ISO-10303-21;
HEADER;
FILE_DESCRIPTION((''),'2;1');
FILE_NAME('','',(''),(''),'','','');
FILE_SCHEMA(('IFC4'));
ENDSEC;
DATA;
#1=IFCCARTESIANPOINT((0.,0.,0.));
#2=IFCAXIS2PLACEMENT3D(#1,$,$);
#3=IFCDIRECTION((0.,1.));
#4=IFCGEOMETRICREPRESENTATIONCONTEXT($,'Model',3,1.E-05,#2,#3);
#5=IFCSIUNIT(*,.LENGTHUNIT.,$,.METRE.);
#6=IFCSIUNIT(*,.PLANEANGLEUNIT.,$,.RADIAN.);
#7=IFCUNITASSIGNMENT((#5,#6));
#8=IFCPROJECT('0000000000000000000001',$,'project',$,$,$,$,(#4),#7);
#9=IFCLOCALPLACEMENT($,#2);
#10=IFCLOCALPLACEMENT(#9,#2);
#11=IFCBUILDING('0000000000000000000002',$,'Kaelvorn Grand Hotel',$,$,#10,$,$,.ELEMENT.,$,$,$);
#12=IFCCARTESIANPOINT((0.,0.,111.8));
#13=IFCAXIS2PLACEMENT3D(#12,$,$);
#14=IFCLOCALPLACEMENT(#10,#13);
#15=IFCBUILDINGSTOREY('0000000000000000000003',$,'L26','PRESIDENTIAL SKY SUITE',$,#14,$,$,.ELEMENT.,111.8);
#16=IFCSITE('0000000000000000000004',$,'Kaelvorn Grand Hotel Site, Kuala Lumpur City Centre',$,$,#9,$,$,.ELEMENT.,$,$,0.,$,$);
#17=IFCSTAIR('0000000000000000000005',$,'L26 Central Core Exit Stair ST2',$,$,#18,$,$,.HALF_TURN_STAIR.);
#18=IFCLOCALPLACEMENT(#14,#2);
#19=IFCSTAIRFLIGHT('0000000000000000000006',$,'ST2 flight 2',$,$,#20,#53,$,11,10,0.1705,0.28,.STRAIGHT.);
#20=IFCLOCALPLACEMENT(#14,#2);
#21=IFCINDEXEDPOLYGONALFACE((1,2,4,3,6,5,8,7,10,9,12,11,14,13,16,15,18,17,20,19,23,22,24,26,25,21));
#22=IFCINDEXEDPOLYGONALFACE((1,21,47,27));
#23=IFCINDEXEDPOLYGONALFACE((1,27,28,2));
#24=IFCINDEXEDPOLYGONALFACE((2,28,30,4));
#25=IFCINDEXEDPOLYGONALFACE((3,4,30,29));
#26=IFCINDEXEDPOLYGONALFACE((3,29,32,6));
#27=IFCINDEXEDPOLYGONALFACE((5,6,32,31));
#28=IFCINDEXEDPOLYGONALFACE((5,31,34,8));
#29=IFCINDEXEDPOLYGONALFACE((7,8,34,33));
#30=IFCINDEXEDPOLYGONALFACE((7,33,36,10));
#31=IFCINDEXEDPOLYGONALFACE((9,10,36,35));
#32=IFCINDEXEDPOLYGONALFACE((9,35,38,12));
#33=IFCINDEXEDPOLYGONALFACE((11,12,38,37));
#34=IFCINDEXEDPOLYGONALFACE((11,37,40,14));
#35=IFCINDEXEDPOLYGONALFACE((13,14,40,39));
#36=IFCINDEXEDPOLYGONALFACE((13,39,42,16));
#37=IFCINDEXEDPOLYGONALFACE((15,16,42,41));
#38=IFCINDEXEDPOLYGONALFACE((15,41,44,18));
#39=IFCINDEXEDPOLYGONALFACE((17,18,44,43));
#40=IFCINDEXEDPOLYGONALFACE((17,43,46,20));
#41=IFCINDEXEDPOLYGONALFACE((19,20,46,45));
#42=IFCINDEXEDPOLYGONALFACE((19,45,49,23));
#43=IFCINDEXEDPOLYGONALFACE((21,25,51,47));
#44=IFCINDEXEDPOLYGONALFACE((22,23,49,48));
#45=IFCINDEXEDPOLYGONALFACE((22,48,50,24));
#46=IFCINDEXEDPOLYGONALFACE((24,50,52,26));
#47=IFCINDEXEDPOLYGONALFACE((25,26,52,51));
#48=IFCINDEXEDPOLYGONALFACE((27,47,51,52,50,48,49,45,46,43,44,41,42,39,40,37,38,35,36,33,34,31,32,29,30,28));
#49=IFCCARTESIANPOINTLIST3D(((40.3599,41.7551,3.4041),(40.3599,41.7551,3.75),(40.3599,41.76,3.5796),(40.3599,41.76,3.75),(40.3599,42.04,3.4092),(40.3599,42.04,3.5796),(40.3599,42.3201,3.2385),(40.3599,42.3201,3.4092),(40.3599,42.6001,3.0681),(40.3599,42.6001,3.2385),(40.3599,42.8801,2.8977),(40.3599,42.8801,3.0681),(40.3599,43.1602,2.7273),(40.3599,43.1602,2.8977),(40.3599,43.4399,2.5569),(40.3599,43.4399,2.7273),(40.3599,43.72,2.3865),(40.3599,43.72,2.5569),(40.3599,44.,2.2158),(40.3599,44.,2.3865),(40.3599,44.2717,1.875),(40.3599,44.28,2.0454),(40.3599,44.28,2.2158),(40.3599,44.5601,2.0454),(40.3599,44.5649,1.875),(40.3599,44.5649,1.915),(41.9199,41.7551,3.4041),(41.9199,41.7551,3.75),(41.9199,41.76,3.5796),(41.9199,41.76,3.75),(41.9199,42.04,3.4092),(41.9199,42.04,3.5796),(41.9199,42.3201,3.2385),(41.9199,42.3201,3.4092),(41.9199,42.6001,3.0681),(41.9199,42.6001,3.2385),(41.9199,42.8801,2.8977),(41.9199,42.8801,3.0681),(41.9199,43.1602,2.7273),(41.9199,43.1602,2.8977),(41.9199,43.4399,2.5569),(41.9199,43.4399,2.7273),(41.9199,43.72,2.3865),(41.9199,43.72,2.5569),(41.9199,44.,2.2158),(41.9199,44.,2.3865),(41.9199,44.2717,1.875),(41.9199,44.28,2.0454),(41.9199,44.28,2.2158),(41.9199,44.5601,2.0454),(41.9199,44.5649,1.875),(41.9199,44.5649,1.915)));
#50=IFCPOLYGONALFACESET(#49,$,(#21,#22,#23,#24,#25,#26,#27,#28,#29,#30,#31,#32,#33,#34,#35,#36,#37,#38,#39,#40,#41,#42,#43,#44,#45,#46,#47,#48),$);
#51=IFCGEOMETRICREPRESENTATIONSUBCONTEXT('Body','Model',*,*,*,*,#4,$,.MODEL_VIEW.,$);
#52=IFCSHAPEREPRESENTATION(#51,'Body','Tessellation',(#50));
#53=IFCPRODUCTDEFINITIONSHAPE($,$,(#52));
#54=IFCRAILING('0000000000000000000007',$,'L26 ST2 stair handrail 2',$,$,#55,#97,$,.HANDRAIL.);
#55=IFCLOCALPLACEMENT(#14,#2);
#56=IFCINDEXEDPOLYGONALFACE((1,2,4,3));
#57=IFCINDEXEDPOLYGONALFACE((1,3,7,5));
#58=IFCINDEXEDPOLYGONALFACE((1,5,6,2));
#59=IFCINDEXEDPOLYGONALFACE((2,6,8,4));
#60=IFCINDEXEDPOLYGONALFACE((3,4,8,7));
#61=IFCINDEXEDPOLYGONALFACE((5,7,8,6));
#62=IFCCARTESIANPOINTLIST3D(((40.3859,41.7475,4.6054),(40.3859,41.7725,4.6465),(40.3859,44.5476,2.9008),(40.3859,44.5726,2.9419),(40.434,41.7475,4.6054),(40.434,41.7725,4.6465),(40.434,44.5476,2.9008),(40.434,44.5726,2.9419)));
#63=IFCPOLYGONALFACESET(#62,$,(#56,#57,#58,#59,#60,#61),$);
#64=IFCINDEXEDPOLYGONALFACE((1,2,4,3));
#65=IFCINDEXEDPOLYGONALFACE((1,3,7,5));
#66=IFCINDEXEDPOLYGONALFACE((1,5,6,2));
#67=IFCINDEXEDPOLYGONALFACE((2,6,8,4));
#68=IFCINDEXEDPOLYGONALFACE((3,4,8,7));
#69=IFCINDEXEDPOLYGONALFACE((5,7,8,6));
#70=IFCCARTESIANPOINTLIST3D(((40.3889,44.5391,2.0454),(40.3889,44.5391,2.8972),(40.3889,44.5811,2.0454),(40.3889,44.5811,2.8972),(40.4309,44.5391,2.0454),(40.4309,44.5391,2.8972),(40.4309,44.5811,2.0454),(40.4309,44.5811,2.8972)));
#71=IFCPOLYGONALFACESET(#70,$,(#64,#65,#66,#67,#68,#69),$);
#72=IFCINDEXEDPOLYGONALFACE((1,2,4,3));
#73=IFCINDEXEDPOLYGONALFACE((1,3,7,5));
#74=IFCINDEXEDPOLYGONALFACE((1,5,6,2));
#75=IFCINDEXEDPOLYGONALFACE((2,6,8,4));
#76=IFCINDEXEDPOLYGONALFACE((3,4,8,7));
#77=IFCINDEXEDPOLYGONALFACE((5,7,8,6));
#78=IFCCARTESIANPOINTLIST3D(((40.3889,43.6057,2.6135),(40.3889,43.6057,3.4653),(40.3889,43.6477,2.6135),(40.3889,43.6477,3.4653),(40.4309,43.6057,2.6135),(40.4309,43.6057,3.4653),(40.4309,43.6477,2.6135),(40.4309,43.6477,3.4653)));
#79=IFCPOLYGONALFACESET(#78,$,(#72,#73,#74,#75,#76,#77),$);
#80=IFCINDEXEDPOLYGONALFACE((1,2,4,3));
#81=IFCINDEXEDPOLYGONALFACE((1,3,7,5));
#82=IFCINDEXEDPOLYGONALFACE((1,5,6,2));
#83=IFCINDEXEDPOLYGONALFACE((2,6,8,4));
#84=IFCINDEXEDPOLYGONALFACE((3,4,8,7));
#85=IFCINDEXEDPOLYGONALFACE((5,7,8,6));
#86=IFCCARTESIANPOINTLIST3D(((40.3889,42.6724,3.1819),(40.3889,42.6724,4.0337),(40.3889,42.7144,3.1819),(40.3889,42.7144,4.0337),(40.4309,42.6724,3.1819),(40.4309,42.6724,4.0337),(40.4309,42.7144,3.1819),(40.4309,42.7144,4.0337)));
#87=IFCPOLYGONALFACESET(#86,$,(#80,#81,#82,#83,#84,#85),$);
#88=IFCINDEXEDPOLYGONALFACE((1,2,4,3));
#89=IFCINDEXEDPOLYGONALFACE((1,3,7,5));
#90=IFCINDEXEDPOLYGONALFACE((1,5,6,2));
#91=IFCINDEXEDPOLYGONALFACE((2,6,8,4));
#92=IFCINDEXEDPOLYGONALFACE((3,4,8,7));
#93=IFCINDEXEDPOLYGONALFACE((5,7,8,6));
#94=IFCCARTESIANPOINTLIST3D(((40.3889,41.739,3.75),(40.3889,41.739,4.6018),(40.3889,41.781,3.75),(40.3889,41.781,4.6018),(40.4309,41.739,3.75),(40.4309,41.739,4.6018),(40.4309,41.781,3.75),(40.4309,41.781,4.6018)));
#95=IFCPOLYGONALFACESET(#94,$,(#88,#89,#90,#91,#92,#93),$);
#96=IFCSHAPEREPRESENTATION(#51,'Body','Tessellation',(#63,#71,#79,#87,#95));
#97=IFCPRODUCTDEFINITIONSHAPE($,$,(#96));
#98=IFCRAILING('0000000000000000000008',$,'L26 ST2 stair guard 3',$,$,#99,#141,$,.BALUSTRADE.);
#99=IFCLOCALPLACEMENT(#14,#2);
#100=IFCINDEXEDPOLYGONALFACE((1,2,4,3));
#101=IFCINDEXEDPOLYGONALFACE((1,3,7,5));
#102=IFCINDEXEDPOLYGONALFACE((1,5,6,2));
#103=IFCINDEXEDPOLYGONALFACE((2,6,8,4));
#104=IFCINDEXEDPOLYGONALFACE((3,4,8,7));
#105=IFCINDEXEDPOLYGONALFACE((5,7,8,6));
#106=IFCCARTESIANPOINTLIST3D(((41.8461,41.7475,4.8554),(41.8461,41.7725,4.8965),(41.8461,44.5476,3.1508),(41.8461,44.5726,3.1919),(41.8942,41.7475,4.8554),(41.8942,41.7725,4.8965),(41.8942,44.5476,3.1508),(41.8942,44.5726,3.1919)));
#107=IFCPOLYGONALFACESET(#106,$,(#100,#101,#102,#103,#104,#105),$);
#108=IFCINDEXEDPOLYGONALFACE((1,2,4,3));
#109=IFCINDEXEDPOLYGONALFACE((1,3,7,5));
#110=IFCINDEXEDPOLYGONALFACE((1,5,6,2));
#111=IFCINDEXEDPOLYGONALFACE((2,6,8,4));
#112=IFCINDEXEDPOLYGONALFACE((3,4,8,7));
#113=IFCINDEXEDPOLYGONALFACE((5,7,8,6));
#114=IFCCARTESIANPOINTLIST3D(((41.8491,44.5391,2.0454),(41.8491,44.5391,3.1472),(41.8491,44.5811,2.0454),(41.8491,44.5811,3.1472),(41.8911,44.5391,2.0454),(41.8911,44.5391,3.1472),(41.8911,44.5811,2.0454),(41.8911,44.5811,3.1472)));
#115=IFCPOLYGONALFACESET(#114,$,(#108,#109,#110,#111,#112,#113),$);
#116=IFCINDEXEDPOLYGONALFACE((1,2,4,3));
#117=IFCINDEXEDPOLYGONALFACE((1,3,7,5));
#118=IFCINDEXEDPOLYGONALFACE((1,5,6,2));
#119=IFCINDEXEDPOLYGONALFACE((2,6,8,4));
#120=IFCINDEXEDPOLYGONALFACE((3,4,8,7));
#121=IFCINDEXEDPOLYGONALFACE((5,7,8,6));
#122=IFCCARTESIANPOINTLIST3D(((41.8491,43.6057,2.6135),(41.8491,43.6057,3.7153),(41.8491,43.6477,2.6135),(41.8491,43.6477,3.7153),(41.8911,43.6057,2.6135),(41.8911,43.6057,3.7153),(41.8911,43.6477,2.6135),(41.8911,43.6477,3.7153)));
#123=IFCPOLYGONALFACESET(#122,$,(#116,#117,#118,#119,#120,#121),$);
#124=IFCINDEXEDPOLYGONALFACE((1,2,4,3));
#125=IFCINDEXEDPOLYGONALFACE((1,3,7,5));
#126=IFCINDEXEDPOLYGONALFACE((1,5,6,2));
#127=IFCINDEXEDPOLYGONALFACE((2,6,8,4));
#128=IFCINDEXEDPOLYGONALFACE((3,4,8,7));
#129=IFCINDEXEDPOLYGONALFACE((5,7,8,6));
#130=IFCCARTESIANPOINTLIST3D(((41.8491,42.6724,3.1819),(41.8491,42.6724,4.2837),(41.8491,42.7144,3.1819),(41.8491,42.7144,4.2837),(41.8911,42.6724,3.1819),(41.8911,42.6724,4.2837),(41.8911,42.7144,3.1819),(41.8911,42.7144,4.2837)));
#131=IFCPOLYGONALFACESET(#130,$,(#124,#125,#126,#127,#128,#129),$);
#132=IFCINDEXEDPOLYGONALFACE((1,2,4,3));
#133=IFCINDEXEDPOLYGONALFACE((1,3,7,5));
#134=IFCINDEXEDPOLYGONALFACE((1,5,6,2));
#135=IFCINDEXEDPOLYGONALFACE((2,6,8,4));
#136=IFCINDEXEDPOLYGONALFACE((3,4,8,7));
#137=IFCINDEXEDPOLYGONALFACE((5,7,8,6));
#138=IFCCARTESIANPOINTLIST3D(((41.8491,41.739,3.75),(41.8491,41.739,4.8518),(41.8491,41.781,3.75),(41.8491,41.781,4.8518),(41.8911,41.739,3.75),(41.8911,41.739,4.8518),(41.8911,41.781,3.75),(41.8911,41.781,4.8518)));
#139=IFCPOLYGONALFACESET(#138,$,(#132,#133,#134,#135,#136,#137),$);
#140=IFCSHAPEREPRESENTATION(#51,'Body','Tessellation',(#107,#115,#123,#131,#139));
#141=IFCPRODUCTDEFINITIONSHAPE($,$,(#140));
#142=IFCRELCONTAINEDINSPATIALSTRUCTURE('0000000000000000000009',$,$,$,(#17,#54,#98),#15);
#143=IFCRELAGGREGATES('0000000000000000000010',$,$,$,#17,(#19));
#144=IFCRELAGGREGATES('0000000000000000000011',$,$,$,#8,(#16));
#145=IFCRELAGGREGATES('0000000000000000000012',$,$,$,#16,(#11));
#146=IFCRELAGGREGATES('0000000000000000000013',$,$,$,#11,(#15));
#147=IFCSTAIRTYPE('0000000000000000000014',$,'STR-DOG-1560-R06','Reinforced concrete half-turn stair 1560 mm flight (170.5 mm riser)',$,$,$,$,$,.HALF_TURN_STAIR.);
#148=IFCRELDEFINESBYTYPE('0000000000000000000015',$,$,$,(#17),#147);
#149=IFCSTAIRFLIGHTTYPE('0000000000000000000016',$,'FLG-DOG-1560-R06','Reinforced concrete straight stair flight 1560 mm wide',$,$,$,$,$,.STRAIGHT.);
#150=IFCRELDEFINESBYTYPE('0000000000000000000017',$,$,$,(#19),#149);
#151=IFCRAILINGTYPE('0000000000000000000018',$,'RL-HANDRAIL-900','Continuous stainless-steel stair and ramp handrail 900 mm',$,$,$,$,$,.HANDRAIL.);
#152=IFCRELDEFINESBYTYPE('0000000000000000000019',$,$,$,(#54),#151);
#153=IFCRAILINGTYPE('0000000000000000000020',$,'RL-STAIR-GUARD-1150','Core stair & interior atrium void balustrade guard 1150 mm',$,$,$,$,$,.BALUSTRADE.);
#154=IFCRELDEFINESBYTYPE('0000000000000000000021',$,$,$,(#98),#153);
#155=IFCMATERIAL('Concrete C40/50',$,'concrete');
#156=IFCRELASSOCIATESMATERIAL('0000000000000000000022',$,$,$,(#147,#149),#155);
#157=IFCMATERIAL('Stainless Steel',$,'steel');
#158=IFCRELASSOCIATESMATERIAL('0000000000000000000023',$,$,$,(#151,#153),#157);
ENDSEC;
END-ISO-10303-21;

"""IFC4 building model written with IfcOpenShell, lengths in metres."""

from ifc_helpers import new_model, si_unit, direction, frame, origin, origin_2d, place, context, subcontext, project, spatial, polyline, rectangle, outline, extrude, material, type_object, element, aggregate, save


model = new_model("IFC4")

# Units and contexts
model_context = context("Model", 3, precision=1e-05, world=origin(), true_north=direction((0.0, 1.0)))
body_context = subcontext(model_context, "Body", "Model", "MODEL_VIEW")
ifc_project = project(units=[si_unit("LENGTHUNIT", "METRE"), si_unit("PLANEANGLEUNIT", "RADIAN")], contexts=[model_context])

# Site, building, storey
site_placement = place(None, origin())
site = spatial("IfcSite", under=ifc_project, at=site_placement, Name="Kaelvorn Grand Hotel Site, Kuala Lumpur City Centre", CompositionType="ELEMENT", RefElevation=0.0)
building_placement = place(site_placement, origin())
building = spatial("IfcBuilding", under=site, at=building_placement, Name="Kaelvorn Grand Hotel", CompositionType="ELEMENT")
storey_placement = place(building_placement, frame((0.0, 0.0, 111.8)))
storey = spatial("IfcBuildingStorey", under=building, at=storey_placement, Name="L26", Description="PRESIDENTIAL SKY SUITE", CompositionType="ELEMENT", Elevation=111.8)

# Shared definitions
ifc_material_1 = material(Name="Concrete C40/50", Category="concrete")

# Stair, stair flight
stair_type = type_object("IfcStairType", Name="STR-DOG-1560-R06", Description="Reinforced concrete half-turn stair 1560 mm flight (170.5 mm riser)", PredefinedType="HALF_TURN_STAIR", material=ifc_material_1)
stair_placement = place(storey_placement, origin())
stair = element("IfcStair", 1, at=stair_placement, inside=storey, type_object=stair_type, Name="L26 Central Core Exit Stair ST2", PredefinedType="HALF_TURN_STAIR")
stair_flight_type = type_object("IfcStairFlightType", Name="FLG-DOG-1560-R06", Description="Reinforced concrete straight stair flight 1560 mm wide", PredefinedType="STRAIGHT", material=ifc_material_1)
stair_flight_placement = place(storey_placement, frame((41.1399, 44.5601, 1.875), z_axis=(0.0, 0.0, 1.0), x_axis=(0.0, -1.0, 0.0)))
stair_flight = element("IfcStairFlight", 2, at=stair_flight_placement, type_object=stair_flight_type, Name="ST2 flight 2", NumberOfRisers=11, NumberOfTreads=10, PredefinedType="STRAIGHT", RiserHeight=0.1705, TreadLength=0.28, context=body_context, shape_type="SweptSolid", body=[
    extrude(outline(polyline([(-0.0049, 0.0), (-0.0049, 0.04), (0.0, 0.1704), (0.28, 0.1704), (0.28, 0.3408), (0.5601, 0.3408), (0.5601, 0.5115), (0.8401, 0.5115), (0.8401, 0.6819), (1.1201, 0.6819), (1.1201, 0.8523), (1.3999, 0.8523), (1.3999, 1.0227), (1.6799, 1.0227), (1.6799, 1.1931), (1.96, 1.1931), (1.96, 1.3635), (2.24, 1.3635), (2.24, 1.5342), (2.52, 1.5342), (2.52, 1.7046), (2.8, 1.7046), (2.8, 1.875), (2.8049, 1.875), (2.8049, 1.5291), (0.2883, 0.0), (-0.0049, 0.0)])), frame((0.0, 0.78, 0.0), z_axis=(0.0, -1.0, 0.0), x_axis=(1.0, 0.0, 0.0)), (0.0, 0.0, 1.0), 1.5601),
])
aggregate(stair, [stair_flight])

# Railings
ifc_material_2 = material(Name="Stainless Steel", Category="steel")
railing_type_1 = type_object("IfcRailingType", Name="RL-HANDRAIL-900", Description="Continuous stainless-steel stair and ramp handrail 900 mm", PredefinedType="HANDRAIL", material=ifc_material_2)
railing_1_placement = place(storey_placement, frame((40.4099, 44.5601, 2.0454)))
element("IfcRailing", 3, at=railing_1_placement, inside=storey, type_object=railing_type_1, Name="L26 ST2 stair handrail 2", PredefinedType="HANDRAIL", context=body_context, shape_type="SweptSolid", body=[
    extrude(rectangle(XDim=0.0481, YDim=0.0481, at=origin_2d()), frame((0.0, 0.0, 0.876), z_axis=(0.0, -0.85417, 0.519994), x_axis=(1.0, 0.0, 0.0)), (0.0, 0.0, 1.0), 3.2781),
    extrude(rectangle(XDim=0.042, YDim=0.042, at=origin_2d()), origin(), (0.0, 0.0, 1.0), 0.8518),
    extrude(rectangle(XDim=0.042, YDim=0.042, at=origin_2d()), frame((0.0, -0.9333, 0.5681)), (0.0, 0.0, 1.0), 0.8518),
    extrude(rectangle(XDim=0.042, YDim=0.042, at=origin_2d()), frame((0.0, -1.8667, 1.1365)), (0.0, 0.0, 1.0), 0.8518),
    extrude(rectangle(XDim=0.042, YDim=0.042, at=origin_2d()), frame((0.0, -2.8, 1.7046)), (0.0, 0.0, 1.0), 0.8518),
])
railing_type_2 = type_object("IfcRailingType", Name="RL-STAIR-GUARD-1150", Description="Core stair & interior atrium void balustrade guard 1150 mm", PredefinedType="BALUSTRADE", material=ifc_material_2)
railing_2_placement = place(storey_placement, frame((41.8701, 44.5601, 2.0454)))
element("IfcRailing", 4, at=railing_2_placement, inside=storey, type_object=railing_type_2, Name="L26 ST2 stair guard 3", PredefinedType="BALUSTRADE", context=body_context, shape_type="SweptSolid", body=[
    extrude(rectangle(XDim=0.0481, YDim=0.0481, at=origin_2d()), frame((0.0, 0.0, 1.126), z_axis=(0.0, -0.85417, 0.519994), x_axis=(1.0, 0.0, 0.0)), (0.0, 0.0, 1.0), 3.2781),
    extrude(rectangle(XDim=0.042, YDim=0.042, at=origin_2d()), origin(), (0.0, 0.0, 1.0), 1.1018),
    extrude(rectangle(XDim=0.042, YDim=0.042, at=origin_2d()), frame((0.0, -0.9333, 0.5681)), (0.0, 0.0, 1.0), 1.1018),
    extrude(rectangle(XDim=0.042, YDim=0.042, at=origin_2d()), frame((0.0, -1.8667, 1.1365)), (0.0, 0.0, 1.0), 1.1018),
    extrude(rectangle(XDim=0.042, YDim=0.042, at=origin_2d()), frame((0.0, -2.8, 1.7046)), (0.0, 0.0, 1.0), 1.1018),
])

save(model, "model.ifc")
